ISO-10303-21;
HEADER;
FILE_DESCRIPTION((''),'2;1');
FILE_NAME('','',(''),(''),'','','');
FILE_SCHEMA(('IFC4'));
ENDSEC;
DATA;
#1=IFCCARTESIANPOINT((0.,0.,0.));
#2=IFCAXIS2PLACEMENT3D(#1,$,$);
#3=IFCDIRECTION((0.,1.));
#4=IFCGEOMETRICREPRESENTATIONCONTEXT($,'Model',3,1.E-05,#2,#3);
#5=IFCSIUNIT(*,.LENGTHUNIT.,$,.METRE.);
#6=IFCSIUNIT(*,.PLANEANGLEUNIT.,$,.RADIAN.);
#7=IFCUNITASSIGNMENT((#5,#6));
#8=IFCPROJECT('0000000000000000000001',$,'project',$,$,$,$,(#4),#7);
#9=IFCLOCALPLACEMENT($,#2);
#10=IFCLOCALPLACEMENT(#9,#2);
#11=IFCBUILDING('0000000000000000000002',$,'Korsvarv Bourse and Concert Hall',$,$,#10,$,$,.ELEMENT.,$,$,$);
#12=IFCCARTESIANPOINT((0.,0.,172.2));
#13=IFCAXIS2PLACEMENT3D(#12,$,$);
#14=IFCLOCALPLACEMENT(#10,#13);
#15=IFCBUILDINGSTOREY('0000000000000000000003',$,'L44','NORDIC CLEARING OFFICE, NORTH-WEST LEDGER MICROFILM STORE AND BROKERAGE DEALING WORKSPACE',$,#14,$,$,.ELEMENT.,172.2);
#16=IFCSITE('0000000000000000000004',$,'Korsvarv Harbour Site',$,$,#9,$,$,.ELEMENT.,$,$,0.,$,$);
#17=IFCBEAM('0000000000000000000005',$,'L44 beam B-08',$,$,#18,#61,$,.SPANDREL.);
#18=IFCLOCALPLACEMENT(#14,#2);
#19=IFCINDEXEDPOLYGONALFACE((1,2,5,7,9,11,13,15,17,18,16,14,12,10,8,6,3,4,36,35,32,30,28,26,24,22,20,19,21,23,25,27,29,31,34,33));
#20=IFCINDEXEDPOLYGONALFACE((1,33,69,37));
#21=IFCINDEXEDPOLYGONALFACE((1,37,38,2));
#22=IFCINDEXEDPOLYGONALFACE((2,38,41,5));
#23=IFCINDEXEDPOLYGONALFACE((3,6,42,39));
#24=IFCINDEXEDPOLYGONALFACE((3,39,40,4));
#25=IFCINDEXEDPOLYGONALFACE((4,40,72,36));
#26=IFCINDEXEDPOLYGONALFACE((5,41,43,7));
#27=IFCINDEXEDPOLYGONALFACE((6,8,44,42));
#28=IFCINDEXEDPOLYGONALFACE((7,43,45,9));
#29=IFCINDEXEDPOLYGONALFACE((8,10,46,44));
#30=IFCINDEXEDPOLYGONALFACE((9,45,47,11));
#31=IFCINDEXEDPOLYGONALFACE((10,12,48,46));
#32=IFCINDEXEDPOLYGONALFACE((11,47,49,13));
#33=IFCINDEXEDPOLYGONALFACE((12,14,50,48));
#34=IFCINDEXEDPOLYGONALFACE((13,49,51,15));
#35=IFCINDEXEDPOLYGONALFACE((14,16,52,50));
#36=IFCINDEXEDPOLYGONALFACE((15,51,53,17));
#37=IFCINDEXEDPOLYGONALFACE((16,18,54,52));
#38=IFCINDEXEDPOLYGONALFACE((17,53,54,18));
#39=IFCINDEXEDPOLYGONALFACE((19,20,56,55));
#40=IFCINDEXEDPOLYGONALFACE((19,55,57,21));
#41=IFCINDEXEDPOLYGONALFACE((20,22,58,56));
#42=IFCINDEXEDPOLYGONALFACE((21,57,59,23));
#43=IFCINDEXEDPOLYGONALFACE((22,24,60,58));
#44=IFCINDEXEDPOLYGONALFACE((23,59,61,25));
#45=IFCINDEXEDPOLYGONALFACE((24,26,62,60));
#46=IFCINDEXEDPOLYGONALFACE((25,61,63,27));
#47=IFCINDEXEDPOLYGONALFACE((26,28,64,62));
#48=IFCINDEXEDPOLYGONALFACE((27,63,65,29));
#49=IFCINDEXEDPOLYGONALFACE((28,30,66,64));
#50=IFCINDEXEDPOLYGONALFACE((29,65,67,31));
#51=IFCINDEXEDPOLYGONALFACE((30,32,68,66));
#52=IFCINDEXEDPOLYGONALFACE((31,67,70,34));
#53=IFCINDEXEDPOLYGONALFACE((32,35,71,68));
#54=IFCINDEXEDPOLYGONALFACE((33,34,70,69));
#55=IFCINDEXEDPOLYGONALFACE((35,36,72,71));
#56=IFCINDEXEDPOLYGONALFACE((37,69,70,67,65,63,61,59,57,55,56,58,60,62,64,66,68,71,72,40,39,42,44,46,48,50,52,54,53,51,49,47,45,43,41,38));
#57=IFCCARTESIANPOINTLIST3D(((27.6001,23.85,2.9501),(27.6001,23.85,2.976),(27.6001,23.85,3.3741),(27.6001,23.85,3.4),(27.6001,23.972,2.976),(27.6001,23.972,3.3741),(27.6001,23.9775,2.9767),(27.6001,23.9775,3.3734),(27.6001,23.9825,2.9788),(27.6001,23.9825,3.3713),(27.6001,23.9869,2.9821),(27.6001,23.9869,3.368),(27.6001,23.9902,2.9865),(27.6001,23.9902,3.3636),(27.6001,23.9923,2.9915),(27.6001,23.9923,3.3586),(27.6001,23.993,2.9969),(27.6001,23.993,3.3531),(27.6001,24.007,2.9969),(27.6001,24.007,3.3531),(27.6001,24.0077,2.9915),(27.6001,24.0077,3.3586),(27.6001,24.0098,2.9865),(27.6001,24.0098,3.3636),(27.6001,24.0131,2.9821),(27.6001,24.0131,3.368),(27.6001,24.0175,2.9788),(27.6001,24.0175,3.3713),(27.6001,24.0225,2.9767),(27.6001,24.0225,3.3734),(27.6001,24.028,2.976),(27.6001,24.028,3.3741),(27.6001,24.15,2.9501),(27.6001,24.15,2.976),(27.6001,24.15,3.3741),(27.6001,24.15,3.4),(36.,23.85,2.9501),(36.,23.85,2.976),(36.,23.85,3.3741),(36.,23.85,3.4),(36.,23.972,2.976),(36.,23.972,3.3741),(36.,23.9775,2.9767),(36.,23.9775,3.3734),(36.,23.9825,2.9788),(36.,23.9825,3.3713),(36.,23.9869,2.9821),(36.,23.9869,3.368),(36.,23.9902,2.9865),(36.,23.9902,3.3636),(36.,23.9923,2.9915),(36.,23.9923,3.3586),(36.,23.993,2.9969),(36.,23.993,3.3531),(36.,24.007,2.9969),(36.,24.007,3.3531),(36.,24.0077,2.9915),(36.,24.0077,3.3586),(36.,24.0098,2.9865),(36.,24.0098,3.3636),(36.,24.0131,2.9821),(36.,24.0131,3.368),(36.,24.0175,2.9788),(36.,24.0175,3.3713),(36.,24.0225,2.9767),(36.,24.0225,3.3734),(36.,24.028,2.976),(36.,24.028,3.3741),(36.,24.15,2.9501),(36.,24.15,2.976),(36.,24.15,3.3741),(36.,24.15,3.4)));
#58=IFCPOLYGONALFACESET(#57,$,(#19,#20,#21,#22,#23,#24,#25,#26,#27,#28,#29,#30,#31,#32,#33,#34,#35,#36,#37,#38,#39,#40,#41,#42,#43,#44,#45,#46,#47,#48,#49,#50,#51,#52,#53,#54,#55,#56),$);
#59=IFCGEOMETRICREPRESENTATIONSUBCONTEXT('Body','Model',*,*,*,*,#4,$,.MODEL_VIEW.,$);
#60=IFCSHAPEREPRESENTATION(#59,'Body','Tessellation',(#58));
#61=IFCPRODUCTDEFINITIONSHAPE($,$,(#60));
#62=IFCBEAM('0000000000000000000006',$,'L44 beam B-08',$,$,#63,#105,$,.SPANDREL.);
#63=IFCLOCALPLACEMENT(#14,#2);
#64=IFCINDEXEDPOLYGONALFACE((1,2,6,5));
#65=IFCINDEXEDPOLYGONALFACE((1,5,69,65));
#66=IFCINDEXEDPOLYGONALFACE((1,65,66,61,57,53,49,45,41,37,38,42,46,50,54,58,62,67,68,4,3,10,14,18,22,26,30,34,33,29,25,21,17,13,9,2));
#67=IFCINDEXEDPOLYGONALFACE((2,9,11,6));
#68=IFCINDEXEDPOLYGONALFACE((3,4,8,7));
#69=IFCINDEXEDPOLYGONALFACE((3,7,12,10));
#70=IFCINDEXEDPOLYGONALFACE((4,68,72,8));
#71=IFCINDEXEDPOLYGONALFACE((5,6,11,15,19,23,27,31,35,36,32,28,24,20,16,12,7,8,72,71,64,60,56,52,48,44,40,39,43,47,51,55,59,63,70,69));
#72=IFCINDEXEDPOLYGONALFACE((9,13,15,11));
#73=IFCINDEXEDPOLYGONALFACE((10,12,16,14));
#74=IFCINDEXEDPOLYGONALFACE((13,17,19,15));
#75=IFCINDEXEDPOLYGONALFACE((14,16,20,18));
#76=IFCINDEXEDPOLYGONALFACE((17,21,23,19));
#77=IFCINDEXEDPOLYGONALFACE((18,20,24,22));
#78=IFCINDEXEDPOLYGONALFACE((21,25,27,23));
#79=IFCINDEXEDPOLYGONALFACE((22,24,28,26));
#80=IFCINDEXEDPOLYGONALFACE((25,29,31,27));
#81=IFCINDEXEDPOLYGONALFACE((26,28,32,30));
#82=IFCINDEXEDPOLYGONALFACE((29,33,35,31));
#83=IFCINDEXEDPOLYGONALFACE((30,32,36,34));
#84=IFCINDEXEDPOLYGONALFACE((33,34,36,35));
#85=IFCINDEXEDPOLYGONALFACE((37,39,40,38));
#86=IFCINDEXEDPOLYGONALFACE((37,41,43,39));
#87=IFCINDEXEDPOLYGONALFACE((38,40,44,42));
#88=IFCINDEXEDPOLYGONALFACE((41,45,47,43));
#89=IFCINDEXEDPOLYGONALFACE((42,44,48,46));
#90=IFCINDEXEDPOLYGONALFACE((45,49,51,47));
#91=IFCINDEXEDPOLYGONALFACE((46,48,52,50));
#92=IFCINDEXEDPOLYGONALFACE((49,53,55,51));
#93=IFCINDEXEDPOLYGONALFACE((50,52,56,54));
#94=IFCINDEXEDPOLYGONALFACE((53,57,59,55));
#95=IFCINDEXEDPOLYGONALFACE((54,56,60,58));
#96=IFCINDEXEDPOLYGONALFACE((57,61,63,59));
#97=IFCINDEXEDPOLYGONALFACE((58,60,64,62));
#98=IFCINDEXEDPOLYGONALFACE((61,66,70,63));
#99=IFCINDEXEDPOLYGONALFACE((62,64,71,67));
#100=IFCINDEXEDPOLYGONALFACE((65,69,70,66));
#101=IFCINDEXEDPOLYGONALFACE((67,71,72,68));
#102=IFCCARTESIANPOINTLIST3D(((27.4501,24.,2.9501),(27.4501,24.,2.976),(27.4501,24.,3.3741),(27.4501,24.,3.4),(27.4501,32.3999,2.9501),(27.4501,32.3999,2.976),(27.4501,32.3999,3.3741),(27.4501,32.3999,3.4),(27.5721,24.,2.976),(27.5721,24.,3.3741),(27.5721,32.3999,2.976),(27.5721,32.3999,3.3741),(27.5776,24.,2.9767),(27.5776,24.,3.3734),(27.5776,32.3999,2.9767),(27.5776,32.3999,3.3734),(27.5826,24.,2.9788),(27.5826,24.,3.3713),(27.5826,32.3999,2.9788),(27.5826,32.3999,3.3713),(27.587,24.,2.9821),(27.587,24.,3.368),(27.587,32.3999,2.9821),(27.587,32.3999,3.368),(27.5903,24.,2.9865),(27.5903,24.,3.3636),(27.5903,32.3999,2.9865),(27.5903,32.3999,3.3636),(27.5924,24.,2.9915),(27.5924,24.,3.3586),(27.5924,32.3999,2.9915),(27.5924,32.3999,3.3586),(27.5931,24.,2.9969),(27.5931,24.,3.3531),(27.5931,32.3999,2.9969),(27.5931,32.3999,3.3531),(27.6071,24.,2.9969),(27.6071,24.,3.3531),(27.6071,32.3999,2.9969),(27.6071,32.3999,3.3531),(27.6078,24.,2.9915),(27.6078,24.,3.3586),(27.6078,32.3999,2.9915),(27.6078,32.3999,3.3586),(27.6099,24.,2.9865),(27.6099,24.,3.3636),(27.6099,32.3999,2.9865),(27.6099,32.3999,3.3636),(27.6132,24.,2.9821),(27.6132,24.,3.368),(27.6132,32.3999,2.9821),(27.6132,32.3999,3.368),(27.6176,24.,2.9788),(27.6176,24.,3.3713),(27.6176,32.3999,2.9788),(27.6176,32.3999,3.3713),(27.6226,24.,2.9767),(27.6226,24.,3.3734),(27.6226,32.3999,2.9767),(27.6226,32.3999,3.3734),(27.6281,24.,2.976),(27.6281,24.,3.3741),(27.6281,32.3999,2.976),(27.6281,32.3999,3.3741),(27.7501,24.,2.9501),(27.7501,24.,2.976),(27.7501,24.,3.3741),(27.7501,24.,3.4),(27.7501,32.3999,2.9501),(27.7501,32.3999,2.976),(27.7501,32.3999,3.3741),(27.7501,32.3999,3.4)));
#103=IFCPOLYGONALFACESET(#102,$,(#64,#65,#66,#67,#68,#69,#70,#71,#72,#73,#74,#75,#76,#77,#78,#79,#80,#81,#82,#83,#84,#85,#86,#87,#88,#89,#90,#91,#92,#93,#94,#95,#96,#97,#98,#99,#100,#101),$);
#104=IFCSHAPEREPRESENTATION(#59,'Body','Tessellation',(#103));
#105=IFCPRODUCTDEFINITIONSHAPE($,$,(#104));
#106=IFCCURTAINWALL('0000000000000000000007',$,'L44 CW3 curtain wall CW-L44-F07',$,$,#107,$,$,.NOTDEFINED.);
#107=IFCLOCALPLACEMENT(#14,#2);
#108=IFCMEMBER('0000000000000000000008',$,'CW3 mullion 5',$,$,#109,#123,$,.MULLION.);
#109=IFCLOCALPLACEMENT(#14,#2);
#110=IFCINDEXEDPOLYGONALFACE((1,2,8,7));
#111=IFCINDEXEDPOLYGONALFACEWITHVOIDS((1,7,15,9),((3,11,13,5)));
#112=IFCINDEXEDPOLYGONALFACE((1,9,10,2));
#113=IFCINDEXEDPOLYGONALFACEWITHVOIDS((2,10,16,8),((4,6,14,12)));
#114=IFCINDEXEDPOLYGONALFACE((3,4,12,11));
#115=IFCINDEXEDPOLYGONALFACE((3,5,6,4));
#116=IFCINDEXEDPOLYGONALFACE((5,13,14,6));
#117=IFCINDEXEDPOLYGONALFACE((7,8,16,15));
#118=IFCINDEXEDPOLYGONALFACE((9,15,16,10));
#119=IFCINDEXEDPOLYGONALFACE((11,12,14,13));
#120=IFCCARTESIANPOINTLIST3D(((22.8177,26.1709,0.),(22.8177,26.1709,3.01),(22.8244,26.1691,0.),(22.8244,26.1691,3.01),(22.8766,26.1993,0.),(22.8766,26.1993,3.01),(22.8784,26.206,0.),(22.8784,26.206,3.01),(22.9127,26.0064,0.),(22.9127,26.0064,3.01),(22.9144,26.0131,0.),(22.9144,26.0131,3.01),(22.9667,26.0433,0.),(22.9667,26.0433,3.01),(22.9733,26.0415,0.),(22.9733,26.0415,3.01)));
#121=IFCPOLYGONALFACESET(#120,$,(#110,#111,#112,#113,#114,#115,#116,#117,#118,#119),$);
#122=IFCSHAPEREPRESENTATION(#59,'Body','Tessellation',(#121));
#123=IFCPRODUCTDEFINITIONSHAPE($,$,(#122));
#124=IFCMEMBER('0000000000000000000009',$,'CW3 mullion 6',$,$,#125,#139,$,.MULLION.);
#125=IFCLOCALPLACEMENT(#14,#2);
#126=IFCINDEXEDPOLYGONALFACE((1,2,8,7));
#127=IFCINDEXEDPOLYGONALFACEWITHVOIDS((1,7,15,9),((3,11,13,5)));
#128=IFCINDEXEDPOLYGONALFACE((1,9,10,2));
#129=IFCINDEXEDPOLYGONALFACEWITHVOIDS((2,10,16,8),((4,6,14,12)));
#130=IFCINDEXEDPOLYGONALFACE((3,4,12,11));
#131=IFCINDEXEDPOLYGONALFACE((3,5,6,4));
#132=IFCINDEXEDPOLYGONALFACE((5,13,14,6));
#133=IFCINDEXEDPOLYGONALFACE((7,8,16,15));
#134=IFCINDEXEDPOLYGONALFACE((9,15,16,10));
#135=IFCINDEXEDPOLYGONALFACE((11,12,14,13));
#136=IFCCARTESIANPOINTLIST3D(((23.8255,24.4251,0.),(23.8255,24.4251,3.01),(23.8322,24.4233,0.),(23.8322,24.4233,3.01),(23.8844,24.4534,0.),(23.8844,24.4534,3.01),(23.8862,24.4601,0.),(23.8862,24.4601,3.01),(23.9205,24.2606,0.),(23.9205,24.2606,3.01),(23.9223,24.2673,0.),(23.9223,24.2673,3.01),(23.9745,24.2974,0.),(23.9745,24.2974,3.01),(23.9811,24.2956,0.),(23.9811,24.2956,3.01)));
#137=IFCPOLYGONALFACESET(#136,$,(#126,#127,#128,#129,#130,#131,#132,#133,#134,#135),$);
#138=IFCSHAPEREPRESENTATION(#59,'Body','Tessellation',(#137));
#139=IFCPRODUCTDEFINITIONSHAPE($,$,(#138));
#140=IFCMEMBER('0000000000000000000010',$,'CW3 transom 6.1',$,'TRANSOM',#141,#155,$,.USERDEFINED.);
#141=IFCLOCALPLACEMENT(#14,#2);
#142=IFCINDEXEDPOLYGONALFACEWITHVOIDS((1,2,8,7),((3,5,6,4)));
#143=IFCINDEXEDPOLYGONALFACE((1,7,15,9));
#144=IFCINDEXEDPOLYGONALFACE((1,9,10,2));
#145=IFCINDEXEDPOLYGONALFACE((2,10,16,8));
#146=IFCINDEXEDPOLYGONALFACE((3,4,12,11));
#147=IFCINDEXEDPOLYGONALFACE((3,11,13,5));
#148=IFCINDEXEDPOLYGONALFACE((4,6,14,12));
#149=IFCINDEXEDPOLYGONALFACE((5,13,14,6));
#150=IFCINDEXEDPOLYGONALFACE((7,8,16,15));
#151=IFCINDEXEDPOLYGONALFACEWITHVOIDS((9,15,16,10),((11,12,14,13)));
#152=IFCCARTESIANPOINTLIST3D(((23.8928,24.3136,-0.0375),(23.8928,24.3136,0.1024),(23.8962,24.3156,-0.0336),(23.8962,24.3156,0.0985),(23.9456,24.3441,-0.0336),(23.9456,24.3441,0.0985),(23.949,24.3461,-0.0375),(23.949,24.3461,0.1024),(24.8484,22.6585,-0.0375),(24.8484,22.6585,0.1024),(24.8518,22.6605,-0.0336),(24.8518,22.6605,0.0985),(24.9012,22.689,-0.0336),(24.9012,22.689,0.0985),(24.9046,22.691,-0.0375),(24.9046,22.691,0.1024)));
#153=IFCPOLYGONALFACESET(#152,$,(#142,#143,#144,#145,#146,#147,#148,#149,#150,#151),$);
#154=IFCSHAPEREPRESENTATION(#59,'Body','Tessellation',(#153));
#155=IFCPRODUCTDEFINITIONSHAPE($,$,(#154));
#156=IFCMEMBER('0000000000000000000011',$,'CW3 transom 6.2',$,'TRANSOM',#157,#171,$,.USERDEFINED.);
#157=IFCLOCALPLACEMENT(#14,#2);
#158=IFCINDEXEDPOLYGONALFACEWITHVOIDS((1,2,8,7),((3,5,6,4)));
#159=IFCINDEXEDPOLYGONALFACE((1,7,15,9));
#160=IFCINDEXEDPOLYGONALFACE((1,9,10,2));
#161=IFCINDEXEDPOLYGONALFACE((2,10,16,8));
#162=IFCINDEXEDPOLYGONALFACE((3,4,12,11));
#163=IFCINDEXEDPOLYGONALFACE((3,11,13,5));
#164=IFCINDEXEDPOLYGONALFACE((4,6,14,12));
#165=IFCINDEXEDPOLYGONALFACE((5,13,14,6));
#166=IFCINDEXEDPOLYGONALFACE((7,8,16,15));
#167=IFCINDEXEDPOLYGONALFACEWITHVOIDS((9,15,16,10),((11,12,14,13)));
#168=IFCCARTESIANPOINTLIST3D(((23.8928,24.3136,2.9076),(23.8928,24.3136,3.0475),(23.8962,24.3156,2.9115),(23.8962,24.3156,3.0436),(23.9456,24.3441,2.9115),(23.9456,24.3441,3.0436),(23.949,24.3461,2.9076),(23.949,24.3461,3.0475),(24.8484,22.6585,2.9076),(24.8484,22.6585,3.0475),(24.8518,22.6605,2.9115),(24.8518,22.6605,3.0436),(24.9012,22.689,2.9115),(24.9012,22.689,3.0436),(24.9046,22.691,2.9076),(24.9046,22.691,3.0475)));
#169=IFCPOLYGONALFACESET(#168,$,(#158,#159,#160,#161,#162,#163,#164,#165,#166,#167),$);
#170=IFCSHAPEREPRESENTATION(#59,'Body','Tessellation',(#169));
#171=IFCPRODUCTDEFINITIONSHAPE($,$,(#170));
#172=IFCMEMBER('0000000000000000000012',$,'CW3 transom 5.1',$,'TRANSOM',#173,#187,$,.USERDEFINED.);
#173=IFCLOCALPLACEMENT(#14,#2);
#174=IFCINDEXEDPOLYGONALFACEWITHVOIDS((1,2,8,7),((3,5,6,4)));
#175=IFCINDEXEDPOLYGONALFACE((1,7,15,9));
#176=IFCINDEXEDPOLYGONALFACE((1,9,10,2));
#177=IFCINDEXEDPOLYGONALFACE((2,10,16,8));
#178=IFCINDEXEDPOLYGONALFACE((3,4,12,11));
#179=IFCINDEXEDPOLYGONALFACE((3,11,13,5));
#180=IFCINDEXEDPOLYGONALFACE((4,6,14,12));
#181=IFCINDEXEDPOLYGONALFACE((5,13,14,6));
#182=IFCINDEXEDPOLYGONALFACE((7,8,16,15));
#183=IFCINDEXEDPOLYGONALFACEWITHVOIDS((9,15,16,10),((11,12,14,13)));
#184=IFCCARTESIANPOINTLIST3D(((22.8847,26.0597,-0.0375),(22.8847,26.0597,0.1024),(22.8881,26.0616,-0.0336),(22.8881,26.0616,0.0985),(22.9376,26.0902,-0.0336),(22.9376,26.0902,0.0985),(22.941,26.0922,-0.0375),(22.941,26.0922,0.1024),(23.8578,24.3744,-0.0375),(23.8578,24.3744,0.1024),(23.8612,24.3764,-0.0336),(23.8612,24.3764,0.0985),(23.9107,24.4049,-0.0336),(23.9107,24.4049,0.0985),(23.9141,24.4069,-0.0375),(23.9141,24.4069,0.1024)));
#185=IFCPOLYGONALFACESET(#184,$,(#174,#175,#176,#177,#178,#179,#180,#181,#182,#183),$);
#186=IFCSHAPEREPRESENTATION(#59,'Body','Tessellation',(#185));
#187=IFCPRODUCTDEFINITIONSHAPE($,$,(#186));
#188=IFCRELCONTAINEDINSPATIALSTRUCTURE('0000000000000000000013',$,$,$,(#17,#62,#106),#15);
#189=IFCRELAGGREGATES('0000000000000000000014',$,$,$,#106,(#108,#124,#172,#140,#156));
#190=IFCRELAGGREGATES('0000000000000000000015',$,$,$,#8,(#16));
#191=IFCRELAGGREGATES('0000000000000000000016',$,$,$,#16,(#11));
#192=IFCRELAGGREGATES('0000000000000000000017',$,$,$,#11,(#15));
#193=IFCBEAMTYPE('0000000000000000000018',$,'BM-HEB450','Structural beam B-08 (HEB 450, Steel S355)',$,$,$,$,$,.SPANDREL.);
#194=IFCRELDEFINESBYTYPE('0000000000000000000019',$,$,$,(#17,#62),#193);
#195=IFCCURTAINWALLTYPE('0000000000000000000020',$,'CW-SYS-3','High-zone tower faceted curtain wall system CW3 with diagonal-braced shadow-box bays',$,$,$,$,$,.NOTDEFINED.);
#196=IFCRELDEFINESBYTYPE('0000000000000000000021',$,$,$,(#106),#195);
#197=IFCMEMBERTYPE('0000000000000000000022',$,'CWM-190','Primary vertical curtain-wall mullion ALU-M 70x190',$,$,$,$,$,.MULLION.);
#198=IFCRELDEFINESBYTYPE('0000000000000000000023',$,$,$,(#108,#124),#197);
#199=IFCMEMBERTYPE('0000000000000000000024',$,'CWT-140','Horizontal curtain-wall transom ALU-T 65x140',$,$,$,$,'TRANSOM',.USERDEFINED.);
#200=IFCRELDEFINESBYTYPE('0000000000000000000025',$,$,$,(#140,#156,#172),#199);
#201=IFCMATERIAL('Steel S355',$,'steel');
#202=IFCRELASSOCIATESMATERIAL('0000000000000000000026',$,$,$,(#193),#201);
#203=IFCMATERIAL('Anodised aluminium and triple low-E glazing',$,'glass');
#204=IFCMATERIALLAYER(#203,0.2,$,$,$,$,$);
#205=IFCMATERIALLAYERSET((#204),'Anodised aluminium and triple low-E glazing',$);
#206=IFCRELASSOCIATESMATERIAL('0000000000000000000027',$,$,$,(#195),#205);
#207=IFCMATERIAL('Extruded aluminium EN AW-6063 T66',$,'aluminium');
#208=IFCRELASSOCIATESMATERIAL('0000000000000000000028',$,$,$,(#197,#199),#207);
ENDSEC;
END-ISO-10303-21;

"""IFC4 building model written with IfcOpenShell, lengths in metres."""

from ifc_helpers import new_model, si_unit, direction, frame, origin, origin_2d, place, context, subcontext, project, spatial, hollow_rectangle, i_section, extrude, source, transform, mapped, material, layer, layer_set, material_profile, profile_set, type_object, element, aggregate, save


model = new_model("IFC4")

# Units and contexts
model_context = context("Model", 3, precision=1e-05, world=origin(), true_north=direction((0.0, 1.0)))
body_context = subcontext(model_context, "Body", "Model", "MODEL_VIEW")
ifc_project = project(units=[si_unit("LENGTHUNIT", "METRE"), si_unit("PLANEANGLEUNIT", "RADIAN")], contexts=[model_context])

# Site, building, storey
site_placement = place(None, origin())
site = spatial("IfcSite", under=ifc_project, at=site_placement, Name="Korsvarv Harbour Site", CompositionType="ELEMENT", RefElevation=0.0)
building_placement = place(site_placement, origin())
building = spatial("IfcBuilding", under=site, at=building_placement, Name="Korsvarv Bourse and Concert Hall", CompositionType="ELEMENT")
storey_placement = place(building_placement, frame((0.0, 0.0, 172.2)))
storey = spatial("IfcBuildingStorey", under=building, at=storey_placement, Name="L44", Description="NORDIC CLEARING OFFICE, NORTH-WEST LEDGER MICROFILM STORE AND BROKERAGE DEALING WORKSPACE", CompositionType="ELEMENT", Elevation=172.2)

# Shared definitions
ifc_material_1 = material(Name="Steel S355", Category="steel")

# Beams
ifc_material_profile_1 = material_profile(ifc_material_1, i_section(OverallWidth=0.3, OverallDepth=0.45, WebThickness=0.0139, FlangeThickness=0.0259, FilletRadius=0.021, at=origin_2d()), Name="HEB 450")
ifc_profile_set_1 = profile_set([ifc_material_profile_1], Name="Steel S355")
beam_type_1 = type_object("IfcBeamType", Name="BM-HEB450", Description="Structural beam B-08 (HEB 450, Steel S355)", PredefinedType="SPANDREL", material=ifc_profile_set_1)
shared_shape_1 = source(origin(), body_context, "Body", "SweptSolid", [
    extrude(i_section(OverallWidth=0.3, OverallDepth=0.45, WebThickness=0.0139, FlangeThickness=0.0259, FilletRadius=0.021, at=origin_2d()), origin(), (0.0, 0.0, 1.0), 8.3999),
])
for number, where, z_axis, x_axis, name in (
    (1, (27.6001, 24.0, 3.175), (1.0, 0.0, 0.0), (0.0, 1.0, 0.0), "L44 beam B-08"),
    (2, (27.6001, 24.0, 3.175), (0.0, 1.0, 0.0), (-1.0, 0.0, 0.0), "L44 beam B-08"),
):
    element("IfcBeam", number, at=place(storey_placement, frame(where, z_axis=z_axis, x_axis=x_axis)), inside=storey, type_object=beam_type_1, Name=name, PredefinedType="SPANDREL", context=body_context, shape_type="MappedRepresentation", body=[
        mapped(shared_shape_1, transform((0.0, 0.0, 0.0), scale=1.0)),
    ])

# Curtain wall, members
ifc_material_2 = material(Name="Anodised aluminium and triple low-E glazing", Category="glass")
ifc_layer_1 = layer(ifc_material_2, 0.2)
ifc_layer_set_1 = layer_set([ifc_layer_1], Name="Anodised aluminium and triple low-E glazing")
curtain_wall_type = type_object("IfcCurtainWallType", Name="CW-SYS-3", Description="High-zone tower faceted curtain wall system CW3 with diagonal-braced shadow-box bays", PredefinedType="NOTDEFINED", material=ifc_layer_set_1)
curtain_wall_placement = place(storey_placement, origin())
curtain_wall = element("IfcCurtainWall", 3, at=curtain_wall_placement, inside=storey, type_object=curtain_wall_type, Name="L44 CW3 curtain wall CW-L44-F07", PredefinedType="NOTDEFINED")
ifc_material_3 = material(Name="Extruded aluminium EN AW-6063 T66", Category="aluminium")
ifc_material_profile_2 = material_profile(ifc_material_3, hollow_rectangle(XDim=0.0701, YDim=0.1899, WallThickness=0.0049, at=origin_2d()), Name="ALU-M 70x190")
ifc_profile_set_2 = profile_set([ifc_material_profile_2], Name="Extruded aluminium EN AW-6063 T66")
member_type_1 = type_object("IfcMemberType", Name="CWM-190", Description="Primary vertical curtain-wall mullion ALU-M 70x190", PredefinedType="MULLION", material=ifc_profile_set_2)
shared_shape_2 = source(origin(), body_context, "Body", "SweptSolid", [
    extrude(hollow_rectangle(XDim=0.0701, YDim=0.1899, WallThickness=0.0049, at=origin_2d()), origin(), (0.0, 0.0, 1.0), 3.01),
])
member_1_placement = place(storey_placement, frame((22.8955, 26.1062, 0.0), z_axis=(0.0, 0.0, 1.0), x_axis=(0.866029, 0.499994, 0.0)))
member_1 = element("IfcMember", 4, at=member_1_placement, type_object=member_type_1, Name="CW3 mullion 5", PredefinedType="MULLION", context=body_context, shape_type="MappedRepresentation", body=[
    mapped(shared_shape_2, transform((0.0, 0.0, 0.0), scale=1.0)),
])
member_2_placement = place(storey_placement, frame((23.9033, 24.3604, 0.0), z_axis=(0.0, 0.0, 1.0), x_axis=(0.866029, 0.499994, 0.0)))
member_2 = element("IfcMember", 5, at=member_2_placement, type_object=member_type_1, Name="CW3 mullion 6", PredefinedType="MULLION", context=body_context, shape_type="MappedRepresentation", body=[
    mapped(shared_shape_2, transform((0.0, 0.0, 0.0), scale=1.0)),
])
ifc_material_profile_3 = material_profile(ifc_material_3, hollow_rectangle(XDim=0.0649, YDim=0.1399, WallThickness=0.0039, at=origin_2d()), Name="ALU-T 65x140")
ifc_profile_set_3 = profile_set([ifc_material_profile_3], Name="Extruded aluminium EN AW-6063 T66")
member_type_2 = type_object("IfcMemberType", Name="CWT-140", Description="Horizontal curtain-wall transom ALU-T 65x140", ElementType="TRANSOM", PredefinedType="USERDEFINED", material=ifc_profile_set_3)
shared_shape_3 = source(origin(), body_context, "Body", "SweptSolid", [
    extrude(hollow_rectangle(XDim=0.0649, YDim=0.1399, WallThickness=0.0039, at=origin_2d()), origin(), (0.0, 0.0, 1.0), 1.9111),
])
member_3_placement = place(storey_placement, frame((23.9209, 24.3298, 0.0325), z_axis=(0.500014, -0.866018, 0.0), x_axis=(0.866018, 0.500014, 0.0)))
member_3 = element("IfcMember", 6, at=member_3_placement, type_object=member_type_2, Name="CW3 transom 6.1", ObjectType="TRANSOM", PredefinedType="USERDEFINED", context=body_context, shape_type="MappedRepresentation", body=[
    mapped(shared_shape_3, transform((0.0, 0.0, 0.0), scale=1.0)),
])
member_4_placement = place(storey_placement, frame((23.9209, 24.3298, 2.9775), z_axis=(0.500014, -0.866018, 0.0), x_axis=(0.866018, 0.500014, 0.0)))
member_4 = element("IfcMember", 7, at=member_4_placement, type_object=member_type_2, Name="CW3 transom 6.2", ObjectType="TRANSOM", PredefinedType="USERDEFINED", context=body_context, shape_type="MappedRepresentation", body=[
    mapped(shared_shape_3, transform((0.0, 0.0, 0.0), scale=1.0)),
])
shared_shape_4 = source(origin(), body_context, "Body", "SweptSolid", [
    extrude(hollow_rectangle(XDim=0.0649, YDim=0.1399, WallThickness=0.0039, at=origin_2d()), origin(), (0.0, 0.0, 1.0), 1.946),
])
member_5_placement = place(storey_placement, frame((22.9128, 26.0759, 0.0325), z_axis=(0.500052, -0.865995, 0.0), x_axis=(0.865995, 0.500052, 0.0)))
member_5 = element("IfcMember", 8, at=member_5_placement, type_object=member_type_2, Name="CW3 transom 5.1", ObjectType="TRANSOM", PredefinedType="USERDEFINED", context=body_context, shape_type="MappedRepresentation", body=[
    mapped(shared_shape_4, transform((0.0, 0.0, 0.0), scale=1.0)),
])
aggregate(curtain_wall, [member_1, member_2, member_5, member_3, member_4])

save(model, "model.ifc")
